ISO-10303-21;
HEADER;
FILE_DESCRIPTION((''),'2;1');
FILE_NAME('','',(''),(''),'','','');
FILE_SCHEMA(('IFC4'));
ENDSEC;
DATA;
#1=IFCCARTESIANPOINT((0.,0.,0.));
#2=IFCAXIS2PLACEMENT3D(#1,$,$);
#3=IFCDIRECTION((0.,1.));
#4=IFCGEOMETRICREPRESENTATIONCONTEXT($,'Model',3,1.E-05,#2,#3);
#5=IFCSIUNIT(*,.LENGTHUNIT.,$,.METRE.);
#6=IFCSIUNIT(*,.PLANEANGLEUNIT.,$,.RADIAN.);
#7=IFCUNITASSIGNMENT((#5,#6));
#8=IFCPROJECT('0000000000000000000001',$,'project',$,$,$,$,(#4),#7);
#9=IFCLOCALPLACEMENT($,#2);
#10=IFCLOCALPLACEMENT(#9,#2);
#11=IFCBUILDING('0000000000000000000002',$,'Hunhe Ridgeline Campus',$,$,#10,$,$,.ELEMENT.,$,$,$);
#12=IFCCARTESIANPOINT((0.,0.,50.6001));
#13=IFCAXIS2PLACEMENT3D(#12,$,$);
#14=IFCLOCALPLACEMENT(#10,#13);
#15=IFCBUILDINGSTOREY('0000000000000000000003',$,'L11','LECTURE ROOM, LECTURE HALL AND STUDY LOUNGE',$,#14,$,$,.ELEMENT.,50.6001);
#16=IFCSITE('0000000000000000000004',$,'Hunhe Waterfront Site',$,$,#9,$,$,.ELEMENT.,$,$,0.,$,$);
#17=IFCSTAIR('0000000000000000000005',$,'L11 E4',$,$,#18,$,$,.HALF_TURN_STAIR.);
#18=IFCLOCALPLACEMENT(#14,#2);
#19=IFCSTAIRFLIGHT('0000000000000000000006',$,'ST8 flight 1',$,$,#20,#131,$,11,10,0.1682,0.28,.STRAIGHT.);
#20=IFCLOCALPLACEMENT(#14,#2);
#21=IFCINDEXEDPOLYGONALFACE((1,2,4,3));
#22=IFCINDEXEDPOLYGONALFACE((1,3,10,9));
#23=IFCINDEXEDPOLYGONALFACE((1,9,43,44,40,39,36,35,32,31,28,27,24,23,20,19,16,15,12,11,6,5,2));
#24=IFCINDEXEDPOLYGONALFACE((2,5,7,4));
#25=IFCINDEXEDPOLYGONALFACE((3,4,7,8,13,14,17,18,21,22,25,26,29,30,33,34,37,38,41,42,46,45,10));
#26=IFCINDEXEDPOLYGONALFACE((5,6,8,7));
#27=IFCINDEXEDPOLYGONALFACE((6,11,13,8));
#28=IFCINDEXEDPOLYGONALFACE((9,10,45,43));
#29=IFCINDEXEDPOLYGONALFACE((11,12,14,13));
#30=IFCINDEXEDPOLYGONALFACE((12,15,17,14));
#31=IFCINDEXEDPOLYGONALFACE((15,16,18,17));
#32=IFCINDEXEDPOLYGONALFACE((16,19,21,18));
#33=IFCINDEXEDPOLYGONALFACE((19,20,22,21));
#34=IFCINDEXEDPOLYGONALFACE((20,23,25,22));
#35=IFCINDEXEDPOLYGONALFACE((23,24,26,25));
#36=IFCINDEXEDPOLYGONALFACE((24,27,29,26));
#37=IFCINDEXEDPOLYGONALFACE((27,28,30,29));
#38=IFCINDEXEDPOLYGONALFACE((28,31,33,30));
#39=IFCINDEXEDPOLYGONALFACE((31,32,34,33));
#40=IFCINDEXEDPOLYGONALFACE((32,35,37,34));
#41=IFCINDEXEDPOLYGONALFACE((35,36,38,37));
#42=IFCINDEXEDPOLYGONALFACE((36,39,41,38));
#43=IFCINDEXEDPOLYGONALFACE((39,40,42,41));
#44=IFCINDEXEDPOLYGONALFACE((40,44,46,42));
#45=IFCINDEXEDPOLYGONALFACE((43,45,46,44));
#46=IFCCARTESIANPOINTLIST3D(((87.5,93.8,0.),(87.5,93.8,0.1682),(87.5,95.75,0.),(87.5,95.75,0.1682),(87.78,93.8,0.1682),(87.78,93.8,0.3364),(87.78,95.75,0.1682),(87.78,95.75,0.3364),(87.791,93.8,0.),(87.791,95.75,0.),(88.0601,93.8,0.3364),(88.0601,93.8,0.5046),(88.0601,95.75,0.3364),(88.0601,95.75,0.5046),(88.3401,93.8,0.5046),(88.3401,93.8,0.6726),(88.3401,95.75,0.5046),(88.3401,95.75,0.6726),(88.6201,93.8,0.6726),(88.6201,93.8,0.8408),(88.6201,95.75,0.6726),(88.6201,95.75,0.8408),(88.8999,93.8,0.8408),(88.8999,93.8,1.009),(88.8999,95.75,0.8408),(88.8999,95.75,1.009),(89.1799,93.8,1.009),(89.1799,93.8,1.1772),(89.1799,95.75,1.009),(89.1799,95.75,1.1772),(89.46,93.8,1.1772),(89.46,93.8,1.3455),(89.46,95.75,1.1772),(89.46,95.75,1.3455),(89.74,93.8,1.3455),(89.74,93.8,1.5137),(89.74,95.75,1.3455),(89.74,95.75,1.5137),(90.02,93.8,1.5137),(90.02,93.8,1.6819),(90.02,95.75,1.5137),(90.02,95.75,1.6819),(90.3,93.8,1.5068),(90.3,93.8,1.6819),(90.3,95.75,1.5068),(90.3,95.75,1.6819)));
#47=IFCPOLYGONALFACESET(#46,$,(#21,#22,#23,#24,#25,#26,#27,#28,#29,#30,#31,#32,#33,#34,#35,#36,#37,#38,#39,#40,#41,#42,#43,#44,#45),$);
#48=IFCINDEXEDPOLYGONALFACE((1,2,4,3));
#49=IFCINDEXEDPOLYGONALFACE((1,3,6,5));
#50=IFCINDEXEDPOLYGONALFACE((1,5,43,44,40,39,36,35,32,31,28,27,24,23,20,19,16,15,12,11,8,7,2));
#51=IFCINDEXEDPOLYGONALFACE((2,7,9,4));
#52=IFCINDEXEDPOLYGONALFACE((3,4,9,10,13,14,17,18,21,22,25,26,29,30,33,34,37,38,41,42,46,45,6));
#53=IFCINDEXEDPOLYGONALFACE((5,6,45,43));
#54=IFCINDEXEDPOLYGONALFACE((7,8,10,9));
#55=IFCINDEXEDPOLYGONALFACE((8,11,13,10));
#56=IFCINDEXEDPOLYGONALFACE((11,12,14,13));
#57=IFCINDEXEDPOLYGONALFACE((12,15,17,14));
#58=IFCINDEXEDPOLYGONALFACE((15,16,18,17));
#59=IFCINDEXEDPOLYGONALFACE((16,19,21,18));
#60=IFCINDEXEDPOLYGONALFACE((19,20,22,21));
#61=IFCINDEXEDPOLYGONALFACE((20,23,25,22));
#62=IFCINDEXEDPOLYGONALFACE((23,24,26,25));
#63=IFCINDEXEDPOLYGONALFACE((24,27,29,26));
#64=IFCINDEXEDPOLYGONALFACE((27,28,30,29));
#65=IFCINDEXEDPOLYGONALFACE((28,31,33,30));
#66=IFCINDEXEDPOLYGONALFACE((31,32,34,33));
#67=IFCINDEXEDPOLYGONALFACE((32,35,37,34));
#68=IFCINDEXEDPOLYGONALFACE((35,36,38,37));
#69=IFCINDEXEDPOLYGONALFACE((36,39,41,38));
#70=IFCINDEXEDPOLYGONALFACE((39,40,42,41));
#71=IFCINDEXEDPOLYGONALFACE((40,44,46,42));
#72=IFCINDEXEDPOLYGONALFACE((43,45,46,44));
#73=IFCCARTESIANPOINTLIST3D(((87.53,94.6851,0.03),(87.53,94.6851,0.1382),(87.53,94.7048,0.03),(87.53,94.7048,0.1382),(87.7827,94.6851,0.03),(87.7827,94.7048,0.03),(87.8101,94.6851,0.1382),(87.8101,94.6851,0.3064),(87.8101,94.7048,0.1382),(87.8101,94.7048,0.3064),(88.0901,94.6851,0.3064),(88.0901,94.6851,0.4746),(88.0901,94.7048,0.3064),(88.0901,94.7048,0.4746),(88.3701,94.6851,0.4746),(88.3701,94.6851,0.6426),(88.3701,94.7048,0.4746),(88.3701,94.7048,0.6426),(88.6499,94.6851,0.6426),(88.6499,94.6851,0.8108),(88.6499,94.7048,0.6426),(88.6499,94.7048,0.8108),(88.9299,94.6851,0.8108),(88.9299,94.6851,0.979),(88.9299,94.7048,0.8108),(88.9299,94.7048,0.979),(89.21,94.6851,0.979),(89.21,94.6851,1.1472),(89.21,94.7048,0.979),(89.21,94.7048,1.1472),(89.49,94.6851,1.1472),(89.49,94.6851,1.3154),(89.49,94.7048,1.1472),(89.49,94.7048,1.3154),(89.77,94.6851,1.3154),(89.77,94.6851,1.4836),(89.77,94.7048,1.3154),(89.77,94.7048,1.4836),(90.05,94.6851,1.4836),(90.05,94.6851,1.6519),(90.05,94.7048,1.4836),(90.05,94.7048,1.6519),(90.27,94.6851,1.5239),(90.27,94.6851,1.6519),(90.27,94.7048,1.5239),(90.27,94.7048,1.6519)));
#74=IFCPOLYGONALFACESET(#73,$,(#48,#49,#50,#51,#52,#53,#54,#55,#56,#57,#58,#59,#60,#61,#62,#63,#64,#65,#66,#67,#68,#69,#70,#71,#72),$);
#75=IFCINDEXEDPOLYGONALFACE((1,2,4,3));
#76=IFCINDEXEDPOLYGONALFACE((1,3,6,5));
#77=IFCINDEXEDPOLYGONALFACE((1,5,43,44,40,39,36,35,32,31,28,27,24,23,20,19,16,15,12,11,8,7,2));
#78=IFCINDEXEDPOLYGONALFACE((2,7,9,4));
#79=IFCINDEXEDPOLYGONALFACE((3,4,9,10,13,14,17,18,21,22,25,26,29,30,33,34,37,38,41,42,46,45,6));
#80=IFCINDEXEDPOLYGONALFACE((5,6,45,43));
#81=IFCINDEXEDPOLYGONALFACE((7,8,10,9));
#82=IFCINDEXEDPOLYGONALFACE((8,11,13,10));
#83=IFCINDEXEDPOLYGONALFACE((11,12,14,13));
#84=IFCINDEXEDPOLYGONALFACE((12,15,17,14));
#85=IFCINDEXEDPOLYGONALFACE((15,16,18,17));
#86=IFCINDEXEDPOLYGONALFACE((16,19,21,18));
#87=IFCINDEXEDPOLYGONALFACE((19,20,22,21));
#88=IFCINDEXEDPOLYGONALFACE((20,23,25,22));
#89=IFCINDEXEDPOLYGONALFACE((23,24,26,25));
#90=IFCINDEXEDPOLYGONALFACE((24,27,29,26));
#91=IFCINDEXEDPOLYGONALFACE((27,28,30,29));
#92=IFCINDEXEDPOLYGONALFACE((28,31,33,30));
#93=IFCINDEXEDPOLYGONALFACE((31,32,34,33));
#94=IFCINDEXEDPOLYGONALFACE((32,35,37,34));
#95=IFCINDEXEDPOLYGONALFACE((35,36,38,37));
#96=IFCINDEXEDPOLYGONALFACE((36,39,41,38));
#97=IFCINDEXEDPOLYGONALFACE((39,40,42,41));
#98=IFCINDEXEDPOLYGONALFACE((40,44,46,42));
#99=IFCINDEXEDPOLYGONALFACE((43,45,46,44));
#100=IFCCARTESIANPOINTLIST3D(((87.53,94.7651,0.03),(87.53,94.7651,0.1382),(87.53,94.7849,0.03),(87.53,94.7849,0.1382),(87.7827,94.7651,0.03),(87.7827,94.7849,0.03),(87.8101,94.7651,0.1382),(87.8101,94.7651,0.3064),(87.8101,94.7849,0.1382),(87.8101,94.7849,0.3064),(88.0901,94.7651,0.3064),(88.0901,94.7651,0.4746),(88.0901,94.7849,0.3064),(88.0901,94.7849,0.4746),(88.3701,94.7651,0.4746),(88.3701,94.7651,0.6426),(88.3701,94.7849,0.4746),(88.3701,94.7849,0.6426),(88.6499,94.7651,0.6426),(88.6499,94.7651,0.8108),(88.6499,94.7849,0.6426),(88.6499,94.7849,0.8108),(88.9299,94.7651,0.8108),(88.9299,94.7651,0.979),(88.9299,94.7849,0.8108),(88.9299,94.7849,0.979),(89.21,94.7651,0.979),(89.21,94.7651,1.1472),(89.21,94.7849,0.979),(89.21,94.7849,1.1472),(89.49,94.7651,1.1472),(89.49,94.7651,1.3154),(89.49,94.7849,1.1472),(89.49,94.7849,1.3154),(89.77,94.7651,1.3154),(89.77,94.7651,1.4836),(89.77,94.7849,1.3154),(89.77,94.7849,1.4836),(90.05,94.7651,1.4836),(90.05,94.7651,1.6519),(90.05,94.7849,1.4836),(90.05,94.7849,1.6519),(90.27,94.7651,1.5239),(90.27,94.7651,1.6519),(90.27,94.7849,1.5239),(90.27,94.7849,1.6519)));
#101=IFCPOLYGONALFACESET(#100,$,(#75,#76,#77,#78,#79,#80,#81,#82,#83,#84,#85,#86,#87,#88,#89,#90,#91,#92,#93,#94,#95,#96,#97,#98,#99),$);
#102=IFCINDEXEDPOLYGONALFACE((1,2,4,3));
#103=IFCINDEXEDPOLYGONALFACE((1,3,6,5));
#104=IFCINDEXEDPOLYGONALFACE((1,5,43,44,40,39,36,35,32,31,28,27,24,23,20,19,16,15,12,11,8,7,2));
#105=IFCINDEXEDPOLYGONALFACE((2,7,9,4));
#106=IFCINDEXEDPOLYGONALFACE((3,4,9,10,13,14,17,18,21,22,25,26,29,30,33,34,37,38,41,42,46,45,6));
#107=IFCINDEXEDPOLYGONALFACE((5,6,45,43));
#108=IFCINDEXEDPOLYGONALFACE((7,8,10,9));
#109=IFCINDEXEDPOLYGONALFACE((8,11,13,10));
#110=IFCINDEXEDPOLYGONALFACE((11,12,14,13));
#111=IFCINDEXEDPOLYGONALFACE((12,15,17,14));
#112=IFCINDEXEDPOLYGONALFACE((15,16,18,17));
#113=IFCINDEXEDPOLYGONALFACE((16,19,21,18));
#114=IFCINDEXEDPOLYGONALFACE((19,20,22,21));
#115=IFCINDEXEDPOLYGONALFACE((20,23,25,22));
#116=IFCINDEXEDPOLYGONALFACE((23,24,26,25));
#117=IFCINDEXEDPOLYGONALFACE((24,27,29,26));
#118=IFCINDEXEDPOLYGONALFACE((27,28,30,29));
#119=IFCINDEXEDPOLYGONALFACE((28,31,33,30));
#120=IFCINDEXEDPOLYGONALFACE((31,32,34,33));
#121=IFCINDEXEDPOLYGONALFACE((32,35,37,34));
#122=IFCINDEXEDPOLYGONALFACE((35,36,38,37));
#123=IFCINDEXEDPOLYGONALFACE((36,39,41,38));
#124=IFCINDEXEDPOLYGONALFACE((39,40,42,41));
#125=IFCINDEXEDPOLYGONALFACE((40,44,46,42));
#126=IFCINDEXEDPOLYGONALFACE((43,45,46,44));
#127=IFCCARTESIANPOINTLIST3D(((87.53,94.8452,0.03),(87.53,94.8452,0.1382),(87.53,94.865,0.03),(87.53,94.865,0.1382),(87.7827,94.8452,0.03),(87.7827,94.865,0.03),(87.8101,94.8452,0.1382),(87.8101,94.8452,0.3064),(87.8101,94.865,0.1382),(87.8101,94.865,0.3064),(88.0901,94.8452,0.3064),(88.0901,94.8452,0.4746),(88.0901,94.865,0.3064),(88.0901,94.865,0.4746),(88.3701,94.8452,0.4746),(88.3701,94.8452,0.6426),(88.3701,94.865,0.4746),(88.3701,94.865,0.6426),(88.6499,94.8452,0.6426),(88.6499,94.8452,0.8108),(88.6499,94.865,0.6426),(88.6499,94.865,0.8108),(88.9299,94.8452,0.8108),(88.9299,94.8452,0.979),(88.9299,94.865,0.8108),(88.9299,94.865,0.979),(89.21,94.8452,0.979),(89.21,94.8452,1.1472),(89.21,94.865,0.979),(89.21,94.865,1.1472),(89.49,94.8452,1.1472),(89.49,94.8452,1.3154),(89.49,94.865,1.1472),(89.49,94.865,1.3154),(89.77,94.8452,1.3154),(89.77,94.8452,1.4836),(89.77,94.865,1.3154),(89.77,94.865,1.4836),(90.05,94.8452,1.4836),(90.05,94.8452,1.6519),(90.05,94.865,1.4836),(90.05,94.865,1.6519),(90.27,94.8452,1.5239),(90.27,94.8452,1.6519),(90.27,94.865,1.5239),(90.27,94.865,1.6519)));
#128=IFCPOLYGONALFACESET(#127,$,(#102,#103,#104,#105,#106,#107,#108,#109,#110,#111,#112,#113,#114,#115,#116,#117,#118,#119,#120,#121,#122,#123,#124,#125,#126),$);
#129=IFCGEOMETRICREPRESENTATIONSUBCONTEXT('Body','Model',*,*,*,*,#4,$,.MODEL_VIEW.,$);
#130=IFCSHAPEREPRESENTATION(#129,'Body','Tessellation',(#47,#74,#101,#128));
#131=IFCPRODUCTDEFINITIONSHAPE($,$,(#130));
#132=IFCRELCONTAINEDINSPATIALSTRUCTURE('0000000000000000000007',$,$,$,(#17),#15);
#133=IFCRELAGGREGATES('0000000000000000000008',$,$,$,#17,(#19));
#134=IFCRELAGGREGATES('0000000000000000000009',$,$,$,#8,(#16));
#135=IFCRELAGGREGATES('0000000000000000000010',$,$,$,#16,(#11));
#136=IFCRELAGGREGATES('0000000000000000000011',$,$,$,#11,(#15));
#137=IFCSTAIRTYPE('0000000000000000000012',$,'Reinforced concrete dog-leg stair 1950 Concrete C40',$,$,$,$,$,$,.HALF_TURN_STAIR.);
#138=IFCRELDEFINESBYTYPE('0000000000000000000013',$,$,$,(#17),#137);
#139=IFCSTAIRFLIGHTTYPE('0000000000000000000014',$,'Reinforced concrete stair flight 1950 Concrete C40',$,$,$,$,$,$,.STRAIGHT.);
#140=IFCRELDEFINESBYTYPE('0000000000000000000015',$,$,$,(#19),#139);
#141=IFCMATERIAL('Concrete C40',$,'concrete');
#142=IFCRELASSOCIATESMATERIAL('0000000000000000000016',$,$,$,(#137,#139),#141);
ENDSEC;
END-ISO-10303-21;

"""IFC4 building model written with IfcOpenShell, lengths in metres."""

from ifc_helpers import new_model, si_unit, direction, frame, origin, place, context, subcontext, project, spatial, polyline, outline, extrude, material, type_object, element, aggregate, save


model = new_model("IFC4")

# Units and contexts
model_context = context("Model", 3, precision=1e-05, world=origin(), true_north=direction((0.0, 1.0)))
body_context = subcontext(model_context, "Body", "Model", "MODEL_VIEW")
ifc_project = project(units=[si_unit("LENGTHUNIT", "METRE"), si_unit("PLANEANGLEUNIT", "RADIAN")], contexts=[model_context])

# Site, building, storey
site_placement = place(None, origin())
site = spatial("IfcSite", under=ifc_project, at=site_placement, Name="Hunhe Waterfront Site", CompositionType="ELEMENT", RefElevation=0.0)
building_placement = place(site_placement, origin())
building = spatial("IfcBuilding", under=site, at=building_placement, Name="Hunhe Ridgeline Campus", CompositionType="ELEMENT")
storey_placement = place(building_placement, frame((0.0, 0.0, 50.6001)))
storey = spatial("IfcBuildingStorey", under=building, at=storey_placement, Name="L11", Description="LECTURE ROOM, LECTURE HALL AND STUDY LOUNGE", CompositionType="ELEMENT", Elevation=50.6001)

# Stair, stair flight
ifc_material_1 = material(Name="Concrete C40", Category="concrete")
stair_type = type_object("IfcStairType", Name="Reinforced concrete dog-leg stair 1950 Concrete C40", PredefinedType="HALF_TURN_STAIR", material=ifc_material_1)
stair_placement = place(storey_placement, origin())
stair = element("IfcStair", 1, at=stair_placement, inside=storey, type_object=stair_type, Name="L11 E4", PredefinedType="HALF_TURN_STAIR")
stair_flight_type = type_object("IfcStairFlightType", Name="Reinforced concrete stair flight 1950 Concrete C40", PredefinedType="STRAIGHT", material=ifc_material_1)
stair_flight_1_placement = place(storey_placement, frame((87.5, 94.7749, 0.0), z_axis=(0.0, 0.0, 1.0), x_axis=(1.0, 0.0, 0.0)))
stair_flight_1 = element("IfcStairFlight", 2, at=stair_flight_1_placement, type_object=stair_flight_type, Name="ST8 flight 1", NumberOfRisers=11, NumberOfTreads=10, PredefinedType="STRAIGHT", RiserHeight=0.1682, TreadLength=0.28, context=body_context, shape_type="SweptSolid", body=[
    extrude(outline(polyline([(0.0, 0.0), (0.0, 0.1682), (0.28, 0.1682), (0.28, 0.3364), (0.5601, 0.3364), (0.5601, 0.5046), (0.8401, 0.5046), (0.8401, 0.6726), (1.1201, 0.6726), (1.1201, 0.8408), (1.3999, 0.8408), (1.3999, 1.009), (1.6799, 1.009), (1.6799, 1.1772), (1.96, 1.1772), (1.96, 1.3455), (2.24, 1.3455), (2.24, 1.5137), (2.52, 1.5137), (2.52, 1.6819), (2.8, 1.6819), (2.8, 1.8501), (2.8, 1.5068), (0.291, 0.0), (0.0, 0.0)])), frame((0.0, 0.9751, 0.0), z_axis=(0.0, -1.0, 0.0), x_axis=(1.0, 0.0, 0.0)), (0.0, 0.0, 1.0), 1.95),
    extrude(outline(polyline([(0.03, 0.03), (0.03, 0.1382), (0.3101, 0.1382), (0.3101, 0.3064), (0.5901, 0.3064), (0.5901, 0.4746), (0.8701, 0.4746), (0.8701, 0.6426), (1.1499, 0.6426), (1.1499, 0.8108), (1.4299, 0.8108), (1.4299, 0.979), (1.71, 0.979), (1.71, 1.1472), (1.99, 1.1472), (1.99, 1.3154), (2.27, 1.3154), (2.27, 1.4836), (2.55, 1.4836), (2.55, 1.6519), (2.77, 1.6519), (2.77, 1.5239), (0.2827, 0.03), (0.03, 0.03)])), frame((0.0, -0.0701, 0.0), z_axis=(0.0, -1.0, 0.0), x_axis=(1.0, 0.0, 0.0)), (0.0, 0.0, 1.0), 0.0198),
    extrude(outline(polyline([(0.03, 0.03), (0.03, 0.1382), (0.3101, 0.1382), (0.3101, 0.3064), (0.5901, 0.3064), (0.5901, 0.4746), (0.8701, 0.4746), (0.8701, 0.6426), (1.1499, 0.6426), (1.1499, 0.8108), (1.4299, 0.8108), (1.4299, 0.979), (1.71, 0.979), (1.71, 1.1472), (1.99, 1.1472), (1.99, 1.3154), (2.27, 1.3154), (2.27, 1.4836), (2.55, 1.4836), (2.55, 1.6519), (2.77, 1.6519), (2.77, 1.5239), (0.2827, 0.03), (0.03, 0.03)])), frame((0.0, 0.01, 0.0), z_axis=(0.0, -1.0, 0.0), x_axis=(1.0, 0.0, 0.0)), (0.0, 0.0, 1.0), 0.0198),
    extrude(outline(polyline([(0.03, 0.03), (0.03, 0.1382), (0.3101, 0.1382), (0.3101, 0.3064), (0.5901, 0.3064), (0.5901, 0.4746), (0.8701, 0.4746), (0.8701, 0.6426), (1.1499, 0.6426), (1.1499, 0.8108), (1.4299, 0.8108), (1.4299, 0.979), (1.71, 0.979), (1.71, 1.1472), (1.99, 1.1472), (1.99, 1.3154), (2.27, 1.3154), (2.27, 1.4836), (2.55, 1.4836), (2.55, 1.6519), (2.77, 1.6519), (2.77, 1.5239), (0.2827, 0.03), (0.03, 0.03)])), frame((0.0, 0.0901, 0.0), z_axis=(0.0, -1.0, 0.0), x_axis=(1.0, 0.0, 0.0)), (0.0, 0.0, 1.0), 0.0198),
])
aggregate(stair, [stair_flight_1])

save(model, "model.ifc")
